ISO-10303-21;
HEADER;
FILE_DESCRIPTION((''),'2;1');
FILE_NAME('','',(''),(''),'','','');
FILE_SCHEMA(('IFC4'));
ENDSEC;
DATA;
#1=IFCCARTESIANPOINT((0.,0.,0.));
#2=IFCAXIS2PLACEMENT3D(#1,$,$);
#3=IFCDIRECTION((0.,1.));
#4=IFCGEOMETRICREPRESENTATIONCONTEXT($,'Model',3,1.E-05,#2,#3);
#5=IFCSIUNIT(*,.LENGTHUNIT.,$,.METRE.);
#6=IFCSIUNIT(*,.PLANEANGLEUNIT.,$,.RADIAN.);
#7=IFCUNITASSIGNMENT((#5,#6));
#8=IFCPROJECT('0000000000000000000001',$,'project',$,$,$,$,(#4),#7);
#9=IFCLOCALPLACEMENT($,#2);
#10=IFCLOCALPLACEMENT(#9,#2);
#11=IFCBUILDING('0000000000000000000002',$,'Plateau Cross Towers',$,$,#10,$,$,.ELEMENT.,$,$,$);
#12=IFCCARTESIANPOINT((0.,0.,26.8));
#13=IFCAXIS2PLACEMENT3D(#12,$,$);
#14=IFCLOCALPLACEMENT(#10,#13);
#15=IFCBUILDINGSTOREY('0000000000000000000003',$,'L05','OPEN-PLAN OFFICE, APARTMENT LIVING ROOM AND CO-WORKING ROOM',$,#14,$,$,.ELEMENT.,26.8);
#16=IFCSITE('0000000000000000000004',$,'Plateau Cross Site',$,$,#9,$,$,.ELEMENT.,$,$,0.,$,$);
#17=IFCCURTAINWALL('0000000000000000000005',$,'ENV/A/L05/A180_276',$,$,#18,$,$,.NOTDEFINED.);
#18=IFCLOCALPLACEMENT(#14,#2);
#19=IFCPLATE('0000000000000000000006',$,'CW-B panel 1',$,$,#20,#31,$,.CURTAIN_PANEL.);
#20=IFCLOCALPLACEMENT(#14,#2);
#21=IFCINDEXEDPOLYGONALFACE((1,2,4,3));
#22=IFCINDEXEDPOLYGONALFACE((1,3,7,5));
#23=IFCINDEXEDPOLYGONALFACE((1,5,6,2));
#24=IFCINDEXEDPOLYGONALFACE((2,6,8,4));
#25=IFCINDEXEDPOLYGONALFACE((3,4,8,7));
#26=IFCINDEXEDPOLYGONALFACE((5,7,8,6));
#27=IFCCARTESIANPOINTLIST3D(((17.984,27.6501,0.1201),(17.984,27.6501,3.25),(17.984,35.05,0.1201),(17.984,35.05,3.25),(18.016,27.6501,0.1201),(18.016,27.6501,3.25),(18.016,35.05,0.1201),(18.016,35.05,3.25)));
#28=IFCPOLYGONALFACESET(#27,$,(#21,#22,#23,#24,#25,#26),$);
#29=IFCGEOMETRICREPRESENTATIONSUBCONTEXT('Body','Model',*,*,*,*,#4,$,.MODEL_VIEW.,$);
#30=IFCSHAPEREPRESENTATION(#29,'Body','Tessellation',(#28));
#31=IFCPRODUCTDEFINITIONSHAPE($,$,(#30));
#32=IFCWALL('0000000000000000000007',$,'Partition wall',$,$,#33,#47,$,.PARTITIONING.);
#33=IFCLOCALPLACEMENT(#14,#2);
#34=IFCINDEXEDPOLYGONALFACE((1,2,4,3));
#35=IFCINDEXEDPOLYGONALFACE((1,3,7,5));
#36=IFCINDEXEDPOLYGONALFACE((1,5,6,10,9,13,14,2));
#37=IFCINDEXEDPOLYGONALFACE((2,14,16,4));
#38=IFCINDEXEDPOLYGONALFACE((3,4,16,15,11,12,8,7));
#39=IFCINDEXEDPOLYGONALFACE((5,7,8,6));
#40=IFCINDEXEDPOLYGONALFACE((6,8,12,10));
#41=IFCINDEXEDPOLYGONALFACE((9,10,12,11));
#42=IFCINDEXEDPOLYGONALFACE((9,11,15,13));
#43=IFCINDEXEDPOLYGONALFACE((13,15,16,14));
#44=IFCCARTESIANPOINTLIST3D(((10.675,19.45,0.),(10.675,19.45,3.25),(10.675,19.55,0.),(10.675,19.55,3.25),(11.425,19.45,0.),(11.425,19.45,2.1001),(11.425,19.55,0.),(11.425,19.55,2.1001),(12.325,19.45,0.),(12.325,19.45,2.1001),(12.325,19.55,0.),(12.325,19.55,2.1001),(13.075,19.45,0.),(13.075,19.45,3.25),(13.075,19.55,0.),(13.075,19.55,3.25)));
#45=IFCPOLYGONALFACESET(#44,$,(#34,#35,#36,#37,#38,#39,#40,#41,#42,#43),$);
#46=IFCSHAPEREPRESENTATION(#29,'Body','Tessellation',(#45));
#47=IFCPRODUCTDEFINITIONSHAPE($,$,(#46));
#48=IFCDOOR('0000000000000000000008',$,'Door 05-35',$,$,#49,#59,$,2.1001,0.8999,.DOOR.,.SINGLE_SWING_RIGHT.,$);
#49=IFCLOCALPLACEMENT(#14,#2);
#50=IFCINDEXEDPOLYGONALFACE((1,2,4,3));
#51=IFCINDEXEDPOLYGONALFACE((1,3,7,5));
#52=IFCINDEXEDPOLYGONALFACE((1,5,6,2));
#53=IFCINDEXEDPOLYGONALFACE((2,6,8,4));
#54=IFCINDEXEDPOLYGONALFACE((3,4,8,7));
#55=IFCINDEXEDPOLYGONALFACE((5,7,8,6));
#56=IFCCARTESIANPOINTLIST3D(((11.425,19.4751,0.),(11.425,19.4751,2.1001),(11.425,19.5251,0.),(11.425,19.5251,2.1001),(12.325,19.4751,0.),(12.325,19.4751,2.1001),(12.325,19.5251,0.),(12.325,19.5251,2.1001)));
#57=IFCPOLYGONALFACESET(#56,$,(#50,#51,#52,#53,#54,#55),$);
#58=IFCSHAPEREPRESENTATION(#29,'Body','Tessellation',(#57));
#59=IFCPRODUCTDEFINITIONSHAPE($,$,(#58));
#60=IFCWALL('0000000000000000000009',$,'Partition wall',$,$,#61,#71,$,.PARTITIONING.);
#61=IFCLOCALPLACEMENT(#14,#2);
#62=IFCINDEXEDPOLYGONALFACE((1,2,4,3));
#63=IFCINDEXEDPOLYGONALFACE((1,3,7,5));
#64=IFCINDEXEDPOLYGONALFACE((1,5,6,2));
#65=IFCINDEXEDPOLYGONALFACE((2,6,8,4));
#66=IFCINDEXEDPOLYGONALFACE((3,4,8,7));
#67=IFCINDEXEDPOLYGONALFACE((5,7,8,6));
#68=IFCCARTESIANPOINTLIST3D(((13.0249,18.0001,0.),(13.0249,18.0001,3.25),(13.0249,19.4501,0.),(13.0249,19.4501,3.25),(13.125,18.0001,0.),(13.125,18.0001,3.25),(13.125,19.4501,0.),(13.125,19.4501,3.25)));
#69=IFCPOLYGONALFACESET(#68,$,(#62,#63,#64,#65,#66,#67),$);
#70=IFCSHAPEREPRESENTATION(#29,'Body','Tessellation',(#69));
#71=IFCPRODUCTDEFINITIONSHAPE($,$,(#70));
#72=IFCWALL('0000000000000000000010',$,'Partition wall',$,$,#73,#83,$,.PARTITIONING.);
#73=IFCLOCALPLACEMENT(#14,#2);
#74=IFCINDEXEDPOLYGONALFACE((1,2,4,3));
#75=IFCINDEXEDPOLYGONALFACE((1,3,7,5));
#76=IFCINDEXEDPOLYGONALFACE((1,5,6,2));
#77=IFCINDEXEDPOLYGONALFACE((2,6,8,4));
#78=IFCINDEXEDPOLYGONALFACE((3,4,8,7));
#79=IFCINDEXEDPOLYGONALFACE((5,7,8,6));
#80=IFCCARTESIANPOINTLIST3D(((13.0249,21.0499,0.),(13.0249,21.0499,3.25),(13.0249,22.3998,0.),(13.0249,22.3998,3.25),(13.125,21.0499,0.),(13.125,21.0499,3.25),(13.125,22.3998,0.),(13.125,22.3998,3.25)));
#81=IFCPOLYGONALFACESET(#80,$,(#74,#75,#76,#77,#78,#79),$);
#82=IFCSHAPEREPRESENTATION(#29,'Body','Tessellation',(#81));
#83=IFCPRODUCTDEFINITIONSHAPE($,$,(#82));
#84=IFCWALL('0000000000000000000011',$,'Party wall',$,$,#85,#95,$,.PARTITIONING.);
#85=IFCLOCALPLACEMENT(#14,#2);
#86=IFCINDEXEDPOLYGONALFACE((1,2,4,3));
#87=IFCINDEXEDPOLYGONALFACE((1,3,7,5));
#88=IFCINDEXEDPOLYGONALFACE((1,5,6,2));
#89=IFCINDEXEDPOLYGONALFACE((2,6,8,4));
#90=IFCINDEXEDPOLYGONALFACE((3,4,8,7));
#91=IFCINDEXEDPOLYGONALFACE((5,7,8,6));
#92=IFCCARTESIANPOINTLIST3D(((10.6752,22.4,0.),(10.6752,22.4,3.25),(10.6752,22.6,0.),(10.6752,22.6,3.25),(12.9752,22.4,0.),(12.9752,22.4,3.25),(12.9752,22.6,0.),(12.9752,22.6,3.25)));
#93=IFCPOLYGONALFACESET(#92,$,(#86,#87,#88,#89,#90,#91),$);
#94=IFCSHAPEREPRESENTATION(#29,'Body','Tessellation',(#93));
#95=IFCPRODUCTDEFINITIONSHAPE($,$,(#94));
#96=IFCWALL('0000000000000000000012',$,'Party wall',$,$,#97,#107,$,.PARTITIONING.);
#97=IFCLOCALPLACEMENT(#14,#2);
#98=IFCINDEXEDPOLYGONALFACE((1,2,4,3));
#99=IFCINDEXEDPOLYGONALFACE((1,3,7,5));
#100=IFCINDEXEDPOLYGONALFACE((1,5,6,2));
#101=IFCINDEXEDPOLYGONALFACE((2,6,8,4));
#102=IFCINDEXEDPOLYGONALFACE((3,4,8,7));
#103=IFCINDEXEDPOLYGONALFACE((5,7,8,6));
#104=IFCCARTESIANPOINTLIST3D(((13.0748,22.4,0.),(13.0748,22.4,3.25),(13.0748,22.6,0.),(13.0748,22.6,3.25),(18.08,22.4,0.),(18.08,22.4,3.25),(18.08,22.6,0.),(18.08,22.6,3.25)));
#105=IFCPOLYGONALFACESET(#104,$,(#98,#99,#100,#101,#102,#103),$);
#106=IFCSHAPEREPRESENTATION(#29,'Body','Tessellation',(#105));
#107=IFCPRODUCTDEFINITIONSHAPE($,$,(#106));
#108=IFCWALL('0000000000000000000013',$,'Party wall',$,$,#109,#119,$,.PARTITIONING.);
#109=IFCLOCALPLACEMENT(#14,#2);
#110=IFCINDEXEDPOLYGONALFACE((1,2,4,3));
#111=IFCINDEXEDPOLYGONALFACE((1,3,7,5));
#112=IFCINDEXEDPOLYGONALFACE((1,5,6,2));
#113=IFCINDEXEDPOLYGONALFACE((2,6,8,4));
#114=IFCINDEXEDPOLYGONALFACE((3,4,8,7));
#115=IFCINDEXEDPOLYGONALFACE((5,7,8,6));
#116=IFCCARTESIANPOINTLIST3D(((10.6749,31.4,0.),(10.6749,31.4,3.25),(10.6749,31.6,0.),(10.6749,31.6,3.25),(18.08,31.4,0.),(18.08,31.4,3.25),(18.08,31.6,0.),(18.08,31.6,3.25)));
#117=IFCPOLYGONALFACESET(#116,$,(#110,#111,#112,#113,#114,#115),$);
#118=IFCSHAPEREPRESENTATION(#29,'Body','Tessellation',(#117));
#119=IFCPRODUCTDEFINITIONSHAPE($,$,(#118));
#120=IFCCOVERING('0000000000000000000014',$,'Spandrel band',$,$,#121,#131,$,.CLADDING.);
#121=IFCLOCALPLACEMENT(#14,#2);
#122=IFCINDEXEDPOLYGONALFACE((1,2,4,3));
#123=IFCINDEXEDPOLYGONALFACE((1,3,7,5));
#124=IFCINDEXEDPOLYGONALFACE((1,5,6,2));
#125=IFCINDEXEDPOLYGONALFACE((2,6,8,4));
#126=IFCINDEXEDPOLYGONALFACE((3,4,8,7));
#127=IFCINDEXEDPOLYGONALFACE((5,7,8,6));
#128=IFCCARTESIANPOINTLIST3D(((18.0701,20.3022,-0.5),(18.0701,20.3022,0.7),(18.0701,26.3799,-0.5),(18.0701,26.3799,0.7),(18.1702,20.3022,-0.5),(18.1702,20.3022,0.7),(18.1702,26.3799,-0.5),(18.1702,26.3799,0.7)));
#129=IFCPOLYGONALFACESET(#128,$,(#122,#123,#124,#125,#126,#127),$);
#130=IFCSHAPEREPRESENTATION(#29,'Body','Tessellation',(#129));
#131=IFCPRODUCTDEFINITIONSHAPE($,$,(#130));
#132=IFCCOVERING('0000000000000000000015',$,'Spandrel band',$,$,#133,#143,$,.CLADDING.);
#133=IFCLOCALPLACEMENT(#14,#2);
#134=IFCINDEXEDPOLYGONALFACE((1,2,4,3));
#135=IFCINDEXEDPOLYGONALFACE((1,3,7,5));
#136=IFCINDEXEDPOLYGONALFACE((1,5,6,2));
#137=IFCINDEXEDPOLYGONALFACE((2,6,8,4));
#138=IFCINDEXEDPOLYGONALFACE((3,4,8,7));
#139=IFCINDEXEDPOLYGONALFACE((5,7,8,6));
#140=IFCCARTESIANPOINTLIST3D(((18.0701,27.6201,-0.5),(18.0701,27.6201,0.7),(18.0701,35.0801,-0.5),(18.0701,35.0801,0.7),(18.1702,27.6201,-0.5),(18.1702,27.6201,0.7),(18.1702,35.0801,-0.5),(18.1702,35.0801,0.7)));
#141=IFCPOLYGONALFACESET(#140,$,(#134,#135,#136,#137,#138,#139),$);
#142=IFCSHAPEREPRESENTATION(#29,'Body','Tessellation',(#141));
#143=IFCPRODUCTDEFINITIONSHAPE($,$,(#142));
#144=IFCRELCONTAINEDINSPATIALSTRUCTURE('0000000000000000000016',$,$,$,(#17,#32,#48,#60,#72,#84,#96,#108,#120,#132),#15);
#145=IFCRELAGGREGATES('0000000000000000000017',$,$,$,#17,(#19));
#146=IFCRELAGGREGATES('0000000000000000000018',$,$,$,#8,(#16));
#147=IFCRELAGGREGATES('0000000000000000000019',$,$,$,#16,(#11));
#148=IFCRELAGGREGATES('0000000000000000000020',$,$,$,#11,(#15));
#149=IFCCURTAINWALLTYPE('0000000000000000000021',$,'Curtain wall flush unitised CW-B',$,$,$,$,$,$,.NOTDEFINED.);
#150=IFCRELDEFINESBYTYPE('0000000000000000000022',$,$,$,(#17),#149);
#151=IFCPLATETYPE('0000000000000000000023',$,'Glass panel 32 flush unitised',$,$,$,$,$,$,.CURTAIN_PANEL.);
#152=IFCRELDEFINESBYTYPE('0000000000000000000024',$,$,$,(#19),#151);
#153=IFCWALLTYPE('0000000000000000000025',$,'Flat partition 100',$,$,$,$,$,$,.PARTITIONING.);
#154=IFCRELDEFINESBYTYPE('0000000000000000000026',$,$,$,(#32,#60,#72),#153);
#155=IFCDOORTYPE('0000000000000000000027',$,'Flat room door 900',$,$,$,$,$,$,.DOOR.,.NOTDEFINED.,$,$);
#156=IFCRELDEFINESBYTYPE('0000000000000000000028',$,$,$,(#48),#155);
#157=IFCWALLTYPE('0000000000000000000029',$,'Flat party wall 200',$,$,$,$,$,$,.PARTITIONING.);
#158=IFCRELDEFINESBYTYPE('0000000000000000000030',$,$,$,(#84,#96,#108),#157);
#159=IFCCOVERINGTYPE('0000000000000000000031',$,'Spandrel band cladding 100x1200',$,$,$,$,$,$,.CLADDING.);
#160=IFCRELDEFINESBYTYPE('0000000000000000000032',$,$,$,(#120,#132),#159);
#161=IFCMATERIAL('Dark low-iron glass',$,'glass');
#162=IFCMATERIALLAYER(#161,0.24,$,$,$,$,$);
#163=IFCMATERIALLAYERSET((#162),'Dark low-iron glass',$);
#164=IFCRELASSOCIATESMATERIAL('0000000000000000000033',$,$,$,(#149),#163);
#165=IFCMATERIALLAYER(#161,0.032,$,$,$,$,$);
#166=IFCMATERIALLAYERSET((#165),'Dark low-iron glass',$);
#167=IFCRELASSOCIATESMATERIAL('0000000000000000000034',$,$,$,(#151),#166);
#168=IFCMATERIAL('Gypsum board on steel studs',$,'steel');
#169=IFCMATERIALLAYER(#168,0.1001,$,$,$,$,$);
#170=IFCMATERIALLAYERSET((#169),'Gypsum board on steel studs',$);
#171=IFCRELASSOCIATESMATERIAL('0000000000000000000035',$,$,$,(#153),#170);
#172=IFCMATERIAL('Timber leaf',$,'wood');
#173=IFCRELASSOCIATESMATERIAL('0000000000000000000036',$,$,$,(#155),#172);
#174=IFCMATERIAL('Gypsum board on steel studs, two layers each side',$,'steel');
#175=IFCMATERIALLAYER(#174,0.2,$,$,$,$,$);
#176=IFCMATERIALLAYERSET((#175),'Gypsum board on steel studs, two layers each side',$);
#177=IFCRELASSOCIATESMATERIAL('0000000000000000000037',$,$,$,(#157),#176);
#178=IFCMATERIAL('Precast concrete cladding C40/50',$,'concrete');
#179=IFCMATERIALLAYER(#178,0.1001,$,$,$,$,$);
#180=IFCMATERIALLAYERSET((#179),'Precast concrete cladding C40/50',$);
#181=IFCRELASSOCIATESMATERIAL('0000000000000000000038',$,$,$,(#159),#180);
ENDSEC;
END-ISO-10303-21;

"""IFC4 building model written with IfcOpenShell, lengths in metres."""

from ifc_helpers import new_model, si_unit, direction, frame, frame_2d, origin, origin_2d, place, context, subcontext, project, spatial, rectangle, extrude, material, layer, layer_set, type_object, element, fill, aggregate, save


model = new_model("IFC4")

# Units and contexts
model_context = context("Model", 3, precision=1e-05, world=origin(), true_north=direction((0.0, 1.0)))
body_context = subcontext(model_context, "Body", "Model", "MODEL_VIEW")
ifc_project = project(units=[si_unit("LENGTHUNIT", "METRE"), si_unit("PLANEANGLEUNIT", "RADIAN")], contexts=[model_context])

# Site, building, storey
site_placement = place(None, origin())
site = spatial("IfcSite", under=ifc_project, at=site_placement, Name="Plateau Cross Site", CompositionType="ELEMENT", RefElevation=0.0)
building_placement = place(site_placement, origin())
building = spatial("IfcBuilding", under=site, at=building_placement, Name="Plateau Cross Towers", CompositionType="ELEMENT")
storey_placement = place(building_placement, frame((0.0, 0.0, 26.8)))
storey = spatial("IfcBuildingStorey", under=building, at=storey_placement, Name="L05", Description="OPEN-PLAN OFFICE, APARTMENT LIVING ROOM AND CO-WORKING ROOM", CompositionType="ELEMENT", Elevation=26.8)

# Shared definitions
ifc_material_1 = material(Name="Dark low-iron glass", Category="glass")
ifc_layer_1 = layer(ifc_material_1, 0.24)
ifc_layer_set_1 = layer_set([ifc_layer_1], Name="Dark low-iron glass")
curtain_wall_type = type_object("IfcCurtainWallType", Name="Curtain wall flush unitised CW-B", PredefinedType="NOTDEFINED", material=ifc_layer_set_1)

# Curtain wall
curtain_wall_1_placement = place(storey_placement, origin())
curtain_wall_1 = element("IfcCurtainWall", 1, at=curtain_wall_1_placement, inside=storey, type_object=curtain_wall_type, Name="ENV/A/L05/A180_276", PredefinedType="NOTDEFINED")

# Plate
ifc_layer_2 = layer(ifc_material_1, 0.032)
ifc_layer_set_2 = layer_set([ifc_layer_2], Name="Dark low-iron glass")
plate_type = type_object("IfcPlateType", Name="Glass panel 32 flush unitised", PredefinedType="CURTAIN_PANEL", material=ifc_layer_set_2)
plate_1_placement = place(storey_placement, frame((18.0, 31.3501, 0.1201), z_axis=(0.0, 0.0, 1.0), x_axis=(0.0, 1.0, 0.0)))
plate_1 = element("IfcPlate", 2, at=plate_1_placement, type_object=plate_type, Name="CW-B panel 1", PredefinedType="CURTAIN_PANEL", context=body_context, shape_type="SweptSolid", body=[
    extrude(rectangle(XDim=7.3999, YDim=0.032, at=origin_2d()), origin(), (0.0, 0.0, 1.0), 3.1299),
])
aggregate(curtain_wall_1, [plate_1])

# Wall, opening, door
ifc_material_2 = material(Name="Gypsum board on steel studs", Category="steel")
ifc_layer_3 = layer(ifc_material_2, 0.1001)
ifc_layer_set_3 = layer_set([ifc_layer_3], Name="Gypsum board on steel studs")
wall_type_1 = type_object("IfcWallType", Name="Flat partition 100", PredefinedType="PARTITIONING", material=ifc_layer_set_3)
wall_1_placement = place(storey_placement, frame((13.075, 19.5, 0.0), z_axis=(0.0, 0.0, 1.0), x_axis=(-1.0, 0.0, 0.0)))
wall_1 = element("IfcWall", 3, at=wall_1_placement, inside=storey, type_object=wall_type_1, Name="Partition wall", PredefinedType="PARTITIONING", context=body_context, shape_type="SweptSolid", body=[
    extrude(rectangle(XDim=2.3999, YDim=0.1001, at=frame_2d((1.2, 0.0))), origin(), (0.0, 0.0, 1.0), 3.25),
])
opening_placement = place(wall_1_placement, frame((0.75, 0.0, 0.0)))
opening = element("IfcOpeningElement", 4, at=opening_placement, cuts=wall_1, PredefinedType="OPENING", context=body_context, shape_type="SweptSolid", body=[
    extrude(rectangle(XDim=0.8999, YDim=2.1001, at=frame_2d((0.45, 1.05))), frame((0.0, 0.0601, 0.0), z_axis=(0.0, -1.0, 0.0), x_axis=(1.0, 0.0, 0.0)), (0.0, 0.0, 1.0), 0.1201),
])
ifc_material_3 = material(Name="Timber leaf", Category="wood")
door_type = type_object("IfcDoorType", Name="Flat room door 900", OperationType="NOTDEFINED", PredefinedType="DOOR", material=ifc_material_3)
door_placement = place(opening_placement, origin())
door = element("IfcDoor", 5, at=door_placement, inside=storey, type_object=door_type, Name="Door 05-35", OperationType="SINGLE_SWING_RIGHT", OverallHeight=2.1001, OverallWidth=0.8999, PredefinedType="DOOR", context=body_context, shape_type="SweptSolid", body=[
    extrude(rectangle(XDim=0.8999, YDim=2.1001, at=frame_2d((0.45, 1.05))), frame((0.0, 0.0249, 0.0), z_axis=(0.0, -1.0, 0.0), x_axis=(1.0, 0.0, 0.0)), (0.0, 0.0, 1.0), 0.05),
])
fill(opening, door)

# Walls
wall_2_placement = place(storey_placement, frame((13.075, 18.0, 0.0), z_axis=(0.0, 0.0, 1.0), x_axis=(0.0, 1.0, 0.0)))
element("IfcWall", 6, at=wall_2_placement, inside=storey, type_object=wall_type_1, Name="Partition wall", PredefinedType="PARTITIONING", context=body_context, shape_type="SweptSolid", body=[
    extrude(rectangle(XDim=1.45, YDim=0.1001, at=frame_2d((0.7251, 0.0))), origin(), (0.0, 0.0, 1.0), 3.25),
])
wall_3_placement = place(storey_placement, frame((13.075, 21.05, 0.0), z_axis=(0.0, 0.0, 1.0), x_axis=(0.0, 1.0, 0.0)))
element("IfcWall", 7, at=wall_3_placement, inside=storey, type_object=wall_type_1, Name="Partition wall", PredefinedType="PARTITIONING", context=body_context, shape_type="SweptSolid", body=[
    extrude(rectangle(XDim=1.3499, YDim=0.1001, at=frame_2d((0.6748, 0.0))), origin(), (0.0, 0.0, 1.0), 3.25),
])
ifc_material_4 = material(Name="Gypsum board on steel studs, two layers each side", Category="steel")
ifc_layer_4 = layer(ifc_material_4, 0.2)
ifc_layer_set_4 = layer_set([ifc_layer_4], Name="Gypsum board on steel studs, two layers each side")
wall_type_2 = type_object("IfcWallType", Name="Flat party wall 200", PredefinedType="PARTITIONING", material=ifc_layer_set_4)
wall_4_placement = place(storey_placement, frame((12.9751, 22.5, 0.0), z_axis=(0.0, 0.0, 1.0), x_axis=(-1.0, 0.0, 0.0)))
element("IfcWall", 8, at=wall_4_placement, inside=storey, type_object=wall_type_2, Name="Party wall", PredefinedType="PARTITIONING", context=body_context, shape_type="SweptSolid", body=[
    extrude(rectangle(XDim=2.3, YDim=0.2, at=frame_2d((1.1499, 0.0))), origin(), (0.0, 0.0, 1.0), 3.25),
])
wall_5_placement = place(storey_placement, frame((13.075, 22.5, 0.0), z_axis=(0.0, 0.0, 1.0), x_axis=(1.0, 0.0, 0.0)))
element("IfcWall", 9, at=wall_5_placement, inside=storey, type_object=wall_type_2, Name="Party wall", PredefinedType="PARTITIONING", context=body_context, shape_type="SweptSolid", body=[
    extrude(rectangle(XDim=5.0051, YDim=0.2, at=frame_2d((2.5024, 0.0))), origin(), (0.0, 0.0, 1.0), 3.25),
])
wall_6_placement = place(storey_placement, frame((18.0801, 31.5, 0.0), z_axis=(0.0, 0.0, 1.0), x_axis=(-1.0, 0.0, 0.0)))
element("IfcWall", 10, at=wall_6_placement, inside=storey, type_object=wall_type_2, Name="Party wall", PredefinedType="PARTITIONING", context=body_context, shape_type="SweptSolid", body=[
    extrude(rectangle(XDim=7.405, YDim=0.2, at=frame_2d((3.7026, 0.0))), origin(), (0.0, 0.0, 1.0), 3.25),
])

# Coverings
ifc_material_5 = material(Name="Precast concrete cladding C40/50", Category="concrete")
ifc_layer_5 = layer(ifc_material_5, 0.1001)
ifc_layer_set_5 = layer_set([ifc_layer_5], Name="Precast concrete cladding C40/50")
covering_type = type_object("IfcCoveringType", Name="Spandrel band cladding 100x1200", PredefinedType="CLADDING", material=ifc_layer_set_5)
covering_1_placement = place(storey_placement, frame((18.1201, 23.3411, -0.5), z_axis=(0.0, 0.0, 1.0), x_axis=(0.0, 1.0, 0.0)))
element("IfcCovering", 11, at=covering_1_placement, inside=storey, type_object=covering_type, Name="Spandrel band", PredefinedType="CLADDING", context=body_context, shape_type="SweptSolid", body=[
    extrude(rectangle(XDim=6.0776, YDim=0.1001, at=origin_2d()), origin(), (0.0, 0.0, 1.0), 1.2),
])
covering_2_placement = place(storey_placement, frame((18.1201, 31.3501, -0.5), z_axis=(0.0, 0.0, 1.0), x_axis=(0.0, 1.0, 0.0)))
element("IfcCovering", 12, at=covering_2_placement, inside=storey, type_object=covering_type, Name="Spandrel band", PredefinedType="CLADDING", context=body_context, shape_type="SweptSolid", body=[
    extrude(rectangle(XDim=7.46, YDim=0.1001, at=origin_2d()), origin(), (0.0, 0.0, 1.0), 1.2),
])

save(model, "model.ifc")
